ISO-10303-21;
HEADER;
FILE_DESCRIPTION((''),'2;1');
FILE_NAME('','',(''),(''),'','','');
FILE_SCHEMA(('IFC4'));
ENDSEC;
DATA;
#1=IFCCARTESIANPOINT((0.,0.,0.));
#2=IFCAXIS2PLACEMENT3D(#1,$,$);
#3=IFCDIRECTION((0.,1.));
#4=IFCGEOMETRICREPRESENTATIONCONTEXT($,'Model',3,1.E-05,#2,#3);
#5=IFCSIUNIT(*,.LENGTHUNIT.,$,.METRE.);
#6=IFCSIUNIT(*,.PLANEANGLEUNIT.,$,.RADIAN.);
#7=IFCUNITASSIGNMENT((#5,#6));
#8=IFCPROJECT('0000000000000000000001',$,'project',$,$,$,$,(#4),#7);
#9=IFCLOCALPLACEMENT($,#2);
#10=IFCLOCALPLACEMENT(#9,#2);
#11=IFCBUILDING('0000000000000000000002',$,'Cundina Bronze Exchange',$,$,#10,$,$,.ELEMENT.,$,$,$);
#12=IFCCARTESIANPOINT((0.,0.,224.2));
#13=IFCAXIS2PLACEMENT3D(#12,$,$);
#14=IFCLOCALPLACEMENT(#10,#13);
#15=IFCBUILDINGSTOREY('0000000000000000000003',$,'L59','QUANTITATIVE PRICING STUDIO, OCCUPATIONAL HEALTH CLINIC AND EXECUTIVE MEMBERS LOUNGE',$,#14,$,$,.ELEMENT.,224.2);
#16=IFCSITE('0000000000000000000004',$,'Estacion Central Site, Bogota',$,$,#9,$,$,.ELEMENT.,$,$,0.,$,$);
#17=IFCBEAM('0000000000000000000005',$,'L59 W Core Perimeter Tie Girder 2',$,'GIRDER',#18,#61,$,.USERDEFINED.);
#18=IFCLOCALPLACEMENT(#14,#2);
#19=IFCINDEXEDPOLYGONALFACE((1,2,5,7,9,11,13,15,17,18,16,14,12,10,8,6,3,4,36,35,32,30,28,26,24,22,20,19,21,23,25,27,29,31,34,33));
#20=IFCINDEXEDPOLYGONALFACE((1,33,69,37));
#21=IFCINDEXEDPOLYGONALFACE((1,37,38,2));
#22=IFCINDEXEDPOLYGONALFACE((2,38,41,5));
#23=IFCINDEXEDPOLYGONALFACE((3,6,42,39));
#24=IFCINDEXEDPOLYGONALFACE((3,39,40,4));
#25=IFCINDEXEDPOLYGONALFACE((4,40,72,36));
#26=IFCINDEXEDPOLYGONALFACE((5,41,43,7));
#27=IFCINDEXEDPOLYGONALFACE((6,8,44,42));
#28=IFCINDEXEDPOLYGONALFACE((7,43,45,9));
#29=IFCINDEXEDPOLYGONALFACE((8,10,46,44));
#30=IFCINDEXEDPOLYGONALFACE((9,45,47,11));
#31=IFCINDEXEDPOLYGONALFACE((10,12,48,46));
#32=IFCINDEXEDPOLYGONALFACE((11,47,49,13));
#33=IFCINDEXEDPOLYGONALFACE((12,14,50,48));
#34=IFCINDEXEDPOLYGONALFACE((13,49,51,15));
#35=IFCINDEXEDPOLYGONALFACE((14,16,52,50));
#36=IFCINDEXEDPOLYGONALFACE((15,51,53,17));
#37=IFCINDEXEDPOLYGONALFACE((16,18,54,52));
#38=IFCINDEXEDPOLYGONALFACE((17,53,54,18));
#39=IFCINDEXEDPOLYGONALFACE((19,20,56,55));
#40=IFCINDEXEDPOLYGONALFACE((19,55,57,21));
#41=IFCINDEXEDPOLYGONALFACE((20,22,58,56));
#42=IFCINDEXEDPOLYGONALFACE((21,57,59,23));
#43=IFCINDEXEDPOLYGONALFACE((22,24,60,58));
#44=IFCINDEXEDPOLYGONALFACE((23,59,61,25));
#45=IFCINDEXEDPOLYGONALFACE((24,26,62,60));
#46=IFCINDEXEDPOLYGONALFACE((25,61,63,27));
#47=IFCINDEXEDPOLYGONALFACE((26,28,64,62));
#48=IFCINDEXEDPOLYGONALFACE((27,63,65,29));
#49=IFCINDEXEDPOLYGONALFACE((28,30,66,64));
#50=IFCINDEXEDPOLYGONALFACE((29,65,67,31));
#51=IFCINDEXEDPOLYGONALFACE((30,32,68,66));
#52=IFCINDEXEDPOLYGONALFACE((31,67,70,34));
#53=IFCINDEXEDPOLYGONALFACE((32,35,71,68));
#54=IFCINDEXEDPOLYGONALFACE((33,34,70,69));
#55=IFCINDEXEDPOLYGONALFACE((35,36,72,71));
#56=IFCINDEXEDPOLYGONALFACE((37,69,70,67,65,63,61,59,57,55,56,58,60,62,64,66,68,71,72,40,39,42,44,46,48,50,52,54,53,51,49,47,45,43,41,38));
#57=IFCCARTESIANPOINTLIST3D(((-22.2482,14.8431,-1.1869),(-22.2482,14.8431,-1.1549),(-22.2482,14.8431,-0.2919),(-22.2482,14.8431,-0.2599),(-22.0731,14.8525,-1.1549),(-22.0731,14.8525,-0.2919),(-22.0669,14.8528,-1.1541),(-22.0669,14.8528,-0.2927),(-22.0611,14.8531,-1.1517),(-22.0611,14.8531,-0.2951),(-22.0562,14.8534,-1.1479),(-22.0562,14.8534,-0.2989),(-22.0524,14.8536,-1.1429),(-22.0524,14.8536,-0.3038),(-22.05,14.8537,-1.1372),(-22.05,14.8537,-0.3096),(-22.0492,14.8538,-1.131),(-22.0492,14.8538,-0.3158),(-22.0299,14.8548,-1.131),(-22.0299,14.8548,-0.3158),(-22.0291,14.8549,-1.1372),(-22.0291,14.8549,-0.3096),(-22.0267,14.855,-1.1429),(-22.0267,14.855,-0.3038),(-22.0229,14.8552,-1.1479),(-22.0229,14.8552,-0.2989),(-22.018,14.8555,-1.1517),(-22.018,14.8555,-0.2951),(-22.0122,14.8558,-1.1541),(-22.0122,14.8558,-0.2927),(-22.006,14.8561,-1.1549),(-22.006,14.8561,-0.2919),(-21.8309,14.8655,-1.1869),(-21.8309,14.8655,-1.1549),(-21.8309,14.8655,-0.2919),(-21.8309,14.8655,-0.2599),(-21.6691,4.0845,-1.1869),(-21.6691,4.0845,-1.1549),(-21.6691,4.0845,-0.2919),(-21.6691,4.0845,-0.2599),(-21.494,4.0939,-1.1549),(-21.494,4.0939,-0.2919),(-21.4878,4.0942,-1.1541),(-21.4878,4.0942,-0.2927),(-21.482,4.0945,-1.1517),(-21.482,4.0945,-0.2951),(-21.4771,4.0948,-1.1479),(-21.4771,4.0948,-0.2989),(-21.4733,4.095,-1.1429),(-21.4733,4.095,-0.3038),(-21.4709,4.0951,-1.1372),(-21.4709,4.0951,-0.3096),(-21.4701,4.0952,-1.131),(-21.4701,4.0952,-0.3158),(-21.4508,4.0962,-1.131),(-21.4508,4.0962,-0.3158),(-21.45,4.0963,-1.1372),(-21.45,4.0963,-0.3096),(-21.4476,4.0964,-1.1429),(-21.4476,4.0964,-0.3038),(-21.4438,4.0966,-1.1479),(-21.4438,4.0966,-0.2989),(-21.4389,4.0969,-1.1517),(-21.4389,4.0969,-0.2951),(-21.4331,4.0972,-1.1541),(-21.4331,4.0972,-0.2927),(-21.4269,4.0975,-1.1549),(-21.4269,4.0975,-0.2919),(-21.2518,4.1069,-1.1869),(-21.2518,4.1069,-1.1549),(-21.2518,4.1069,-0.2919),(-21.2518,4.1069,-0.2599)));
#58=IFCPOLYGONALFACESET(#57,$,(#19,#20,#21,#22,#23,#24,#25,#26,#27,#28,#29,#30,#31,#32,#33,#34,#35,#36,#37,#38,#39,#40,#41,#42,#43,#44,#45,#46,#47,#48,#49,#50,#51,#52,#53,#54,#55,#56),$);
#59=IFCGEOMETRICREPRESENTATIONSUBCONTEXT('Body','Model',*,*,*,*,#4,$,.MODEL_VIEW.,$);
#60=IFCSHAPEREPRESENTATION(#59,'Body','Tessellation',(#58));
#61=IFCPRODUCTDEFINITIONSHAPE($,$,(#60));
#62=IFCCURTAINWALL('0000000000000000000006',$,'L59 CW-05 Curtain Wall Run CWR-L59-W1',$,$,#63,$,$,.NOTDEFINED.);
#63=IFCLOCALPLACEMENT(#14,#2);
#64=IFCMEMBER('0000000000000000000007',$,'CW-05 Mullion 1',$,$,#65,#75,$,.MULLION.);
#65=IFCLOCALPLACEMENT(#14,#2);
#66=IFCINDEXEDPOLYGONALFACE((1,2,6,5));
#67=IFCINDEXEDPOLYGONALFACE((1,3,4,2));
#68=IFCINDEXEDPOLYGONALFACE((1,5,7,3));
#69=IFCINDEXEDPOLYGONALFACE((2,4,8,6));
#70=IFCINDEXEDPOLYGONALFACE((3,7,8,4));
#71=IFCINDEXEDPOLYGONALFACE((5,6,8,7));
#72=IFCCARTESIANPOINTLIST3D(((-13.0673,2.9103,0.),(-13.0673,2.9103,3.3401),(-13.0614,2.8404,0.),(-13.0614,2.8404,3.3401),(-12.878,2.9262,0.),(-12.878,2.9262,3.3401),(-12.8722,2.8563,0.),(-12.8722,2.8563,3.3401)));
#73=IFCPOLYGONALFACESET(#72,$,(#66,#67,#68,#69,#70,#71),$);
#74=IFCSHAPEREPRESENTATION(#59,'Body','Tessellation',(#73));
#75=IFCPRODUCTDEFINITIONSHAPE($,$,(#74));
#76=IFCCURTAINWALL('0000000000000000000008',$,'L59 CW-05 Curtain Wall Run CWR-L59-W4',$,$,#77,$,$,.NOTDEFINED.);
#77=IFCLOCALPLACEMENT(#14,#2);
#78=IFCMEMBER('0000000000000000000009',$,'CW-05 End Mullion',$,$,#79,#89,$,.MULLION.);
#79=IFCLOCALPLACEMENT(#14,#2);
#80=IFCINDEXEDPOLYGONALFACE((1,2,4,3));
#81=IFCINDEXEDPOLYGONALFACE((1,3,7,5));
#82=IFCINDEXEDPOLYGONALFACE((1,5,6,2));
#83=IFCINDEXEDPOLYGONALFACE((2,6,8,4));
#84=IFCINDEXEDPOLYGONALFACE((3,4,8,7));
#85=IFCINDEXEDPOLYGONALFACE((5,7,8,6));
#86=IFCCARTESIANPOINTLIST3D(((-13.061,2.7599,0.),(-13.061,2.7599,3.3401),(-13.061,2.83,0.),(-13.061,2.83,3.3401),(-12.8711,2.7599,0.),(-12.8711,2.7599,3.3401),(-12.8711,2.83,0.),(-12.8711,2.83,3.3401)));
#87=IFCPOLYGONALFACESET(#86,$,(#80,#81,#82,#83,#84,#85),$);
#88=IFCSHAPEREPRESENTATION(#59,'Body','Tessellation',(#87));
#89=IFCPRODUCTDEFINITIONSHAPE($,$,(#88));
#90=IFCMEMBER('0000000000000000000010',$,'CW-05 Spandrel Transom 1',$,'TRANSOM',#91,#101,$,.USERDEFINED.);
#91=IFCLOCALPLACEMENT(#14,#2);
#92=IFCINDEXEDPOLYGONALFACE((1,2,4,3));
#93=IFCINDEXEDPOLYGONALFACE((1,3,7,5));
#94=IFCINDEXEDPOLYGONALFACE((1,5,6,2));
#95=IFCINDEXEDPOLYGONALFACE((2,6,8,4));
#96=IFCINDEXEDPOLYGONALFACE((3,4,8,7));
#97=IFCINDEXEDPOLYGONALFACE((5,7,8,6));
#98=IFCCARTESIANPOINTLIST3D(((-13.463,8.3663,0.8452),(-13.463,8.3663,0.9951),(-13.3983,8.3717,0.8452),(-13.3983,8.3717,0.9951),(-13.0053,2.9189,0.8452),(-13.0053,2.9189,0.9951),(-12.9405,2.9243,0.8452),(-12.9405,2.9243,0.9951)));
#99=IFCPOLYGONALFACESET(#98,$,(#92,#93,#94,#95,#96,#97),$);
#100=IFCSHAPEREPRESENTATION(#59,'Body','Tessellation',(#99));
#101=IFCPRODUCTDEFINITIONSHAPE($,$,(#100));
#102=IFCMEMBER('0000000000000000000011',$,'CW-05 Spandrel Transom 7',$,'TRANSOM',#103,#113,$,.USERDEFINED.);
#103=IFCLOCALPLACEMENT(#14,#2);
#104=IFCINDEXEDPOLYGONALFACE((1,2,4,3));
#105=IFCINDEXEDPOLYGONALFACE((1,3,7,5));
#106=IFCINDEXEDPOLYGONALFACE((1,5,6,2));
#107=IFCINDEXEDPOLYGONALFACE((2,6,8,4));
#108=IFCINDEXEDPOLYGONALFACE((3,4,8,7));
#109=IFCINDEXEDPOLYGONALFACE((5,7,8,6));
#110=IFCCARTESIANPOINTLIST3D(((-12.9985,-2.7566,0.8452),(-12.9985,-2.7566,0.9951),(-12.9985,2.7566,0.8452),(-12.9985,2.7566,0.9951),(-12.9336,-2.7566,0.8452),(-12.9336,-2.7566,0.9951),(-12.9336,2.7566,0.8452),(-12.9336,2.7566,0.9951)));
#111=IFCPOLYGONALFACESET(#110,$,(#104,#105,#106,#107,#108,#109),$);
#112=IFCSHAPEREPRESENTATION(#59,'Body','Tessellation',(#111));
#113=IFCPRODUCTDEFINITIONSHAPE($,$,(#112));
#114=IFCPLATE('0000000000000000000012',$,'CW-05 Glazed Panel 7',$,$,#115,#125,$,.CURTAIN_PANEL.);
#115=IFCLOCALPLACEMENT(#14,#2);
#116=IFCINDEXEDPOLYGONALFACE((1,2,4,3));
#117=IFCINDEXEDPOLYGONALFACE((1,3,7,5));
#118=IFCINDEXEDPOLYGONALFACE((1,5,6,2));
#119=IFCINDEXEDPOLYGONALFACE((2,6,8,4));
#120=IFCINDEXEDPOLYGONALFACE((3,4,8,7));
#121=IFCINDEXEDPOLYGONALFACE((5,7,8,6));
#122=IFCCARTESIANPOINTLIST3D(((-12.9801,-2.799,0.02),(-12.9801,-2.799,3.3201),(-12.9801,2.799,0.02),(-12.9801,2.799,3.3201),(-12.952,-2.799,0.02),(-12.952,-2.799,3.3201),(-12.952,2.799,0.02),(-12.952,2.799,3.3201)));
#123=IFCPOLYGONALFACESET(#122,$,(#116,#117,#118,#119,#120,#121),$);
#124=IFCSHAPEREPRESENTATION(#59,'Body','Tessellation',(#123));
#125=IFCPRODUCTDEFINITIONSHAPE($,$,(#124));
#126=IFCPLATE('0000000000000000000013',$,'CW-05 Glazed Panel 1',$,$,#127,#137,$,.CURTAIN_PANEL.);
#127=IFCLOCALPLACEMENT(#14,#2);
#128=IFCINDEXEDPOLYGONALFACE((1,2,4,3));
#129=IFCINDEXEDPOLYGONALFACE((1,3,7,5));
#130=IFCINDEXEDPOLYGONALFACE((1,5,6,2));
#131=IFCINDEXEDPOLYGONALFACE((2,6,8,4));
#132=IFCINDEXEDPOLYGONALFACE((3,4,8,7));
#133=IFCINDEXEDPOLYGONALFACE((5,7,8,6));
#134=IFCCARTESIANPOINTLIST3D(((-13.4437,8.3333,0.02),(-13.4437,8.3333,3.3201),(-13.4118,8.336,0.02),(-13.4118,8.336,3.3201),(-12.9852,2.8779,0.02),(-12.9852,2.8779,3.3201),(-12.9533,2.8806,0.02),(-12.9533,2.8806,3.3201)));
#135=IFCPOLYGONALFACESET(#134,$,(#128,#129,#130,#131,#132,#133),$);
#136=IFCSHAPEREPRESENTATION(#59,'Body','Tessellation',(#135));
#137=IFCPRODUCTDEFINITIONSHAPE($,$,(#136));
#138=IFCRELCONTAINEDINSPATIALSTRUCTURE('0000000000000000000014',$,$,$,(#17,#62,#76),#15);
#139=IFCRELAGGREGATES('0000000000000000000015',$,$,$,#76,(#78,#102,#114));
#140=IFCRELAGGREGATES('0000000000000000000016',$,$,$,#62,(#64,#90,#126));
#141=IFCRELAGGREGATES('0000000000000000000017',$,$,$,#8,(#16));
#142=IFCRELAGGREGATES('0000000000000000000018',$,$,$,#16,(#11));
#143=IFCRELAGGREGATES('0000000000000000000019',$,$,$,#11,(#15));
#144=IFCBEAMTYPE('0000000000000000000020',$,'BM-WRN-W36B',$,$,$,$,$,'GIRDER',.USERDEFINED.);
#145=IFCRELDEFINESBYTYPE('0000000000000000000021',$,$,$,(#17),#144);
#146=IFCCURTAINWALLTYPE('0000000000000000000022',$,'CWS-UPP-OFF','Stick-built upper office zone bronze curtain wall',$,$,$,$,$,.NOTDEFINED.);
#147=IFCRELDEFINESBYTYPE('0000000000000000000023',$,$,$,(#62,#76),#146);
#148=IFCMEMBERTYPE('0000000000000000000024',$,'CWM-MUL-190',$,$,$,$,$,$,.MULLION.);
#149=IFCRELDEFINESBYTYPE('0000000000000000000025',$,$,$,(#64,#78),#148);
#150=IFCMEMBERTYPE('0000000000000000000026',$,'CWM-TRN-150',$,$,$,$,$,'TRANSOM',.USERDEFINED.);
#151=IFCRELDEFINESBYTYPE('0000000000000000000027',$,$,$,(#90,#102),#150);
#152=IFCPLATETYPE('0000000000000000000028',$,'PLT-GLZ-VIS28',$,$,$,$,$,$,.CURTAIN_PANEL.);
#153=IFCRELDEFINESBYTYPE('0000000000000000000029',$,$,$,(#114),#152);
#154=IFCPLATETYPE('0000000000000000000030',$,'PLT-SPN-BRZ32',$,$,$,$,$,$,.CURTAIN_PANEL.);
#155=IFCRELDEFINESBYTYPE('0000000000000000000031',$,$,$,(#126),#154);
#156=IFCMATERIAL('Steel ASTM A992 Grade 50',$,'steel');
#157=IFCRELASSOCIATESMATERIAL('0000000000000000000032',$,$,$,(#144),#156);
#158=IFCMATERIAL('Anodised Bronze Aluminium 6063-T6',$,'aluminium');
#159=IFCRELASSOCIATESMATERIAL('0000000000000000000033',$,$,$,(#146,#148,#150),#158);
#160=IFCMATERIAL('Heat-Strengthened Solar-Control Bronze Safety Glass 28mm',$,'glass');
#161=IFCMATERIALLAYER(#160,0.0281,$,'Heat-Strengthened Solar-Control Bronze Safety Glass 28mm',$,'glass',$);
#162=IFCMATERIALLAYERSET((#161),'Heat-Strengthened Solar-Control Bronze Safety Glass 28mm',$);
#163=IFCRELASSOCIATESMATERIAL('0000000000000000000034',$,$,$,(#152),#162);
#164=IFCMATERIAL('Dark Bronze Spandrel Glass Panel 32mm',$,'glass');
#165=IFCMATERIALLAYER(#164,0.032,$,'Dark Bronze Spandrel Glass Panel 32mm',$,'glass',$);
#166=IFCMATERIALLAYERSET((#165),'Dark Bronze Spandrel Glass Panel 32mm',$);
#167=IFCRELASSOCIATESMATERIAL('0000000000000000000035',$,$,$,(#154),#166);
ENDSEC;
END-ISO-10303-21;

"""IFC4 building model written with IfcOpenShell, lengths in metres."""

from ifc_helpers import new_model, si_unit, direction, frame, origin, origin_2d, place, context, subcontext, project, spatial, rectangle, i_section, extrude, material, layer, layer_set, material_profile, profile_set, type_object, element, aggregate, save


model = new_model("IFC4")

# Units and contexts
model_context = context("Model", 3, precision=1e-05, world=origin(), true_north=direction((0.0, 1.0)))
body_context = subcontext(model_context, "Body", "Model", "MODEL_VIEW")
ifc_project = project(units=[si_unit("LENGTHUNIT", "METRE"), si_unit("PLANEANGLEUNIT", "RADIAN")], contexts=[model_context])

# Site, building, storey
site_placement = place(None, origin())
site = spatial("IfcSite", under=ifc_project, at=site_placement, Name="Estacion Central Site, Bogota", CompositionType="ELEMENT", RefElevation=0.0)
building_placement = place(site_placement, origin())
building = spatial("IfcBuilding", under=site, at=building_placement, Name="Cundina Bronze Exchange", CompositionType="ELEMENT")
storey_placement = place(building_placement, frame((0.0, 0.0, 224.2)))
storey = spatial("IfcBuildingStorey", under=building, at=storey_placement, Name="L59", Description="QUANTITATIVE PRICING STUDIO, OCCUPATIONAL HEALTH CLINIC AND EXECUTIVE MEMBERS LOUNGE", CompositionType="ELEMENT", Elevation=224.2)

# Shared definitions
ifc_material_1 = material(Name="Steel ASTM A992 Grade 50", Category="steel")

# Beam
ifc_material_profile_1 = material_profile(ifc_material_1, i_section(OverallWidth=0.418, OverallDepth=0.927, WebThickness=0.0193, FlangeThickness=0.032, FilletRadius=0.0239, at=origin_2d()), Name="W36X231", Category="steel")
ifc_profile_set_1 = profile_set([ifc_material_profile_1], Name="Steel ASTM A992 Grade 50")
beam_type_1 = type_object("IfcBeamType", Name="BM-WRN-W36B", ElementType="GIRDER", PredefinedType="USERDEFINED", material=ifc_profile_set_1)
beam_1_placement = place(storey_placement, frame((-21.4604, 4.0957, -0.7234), z_axis=(-0.053749, 0.998554, 0.0), x_axis=(-0.998554, -0.053749, 0.0)))
element("IfcBeam", 1, at=beam_1_placement, inside=storey, type_object=beam_type_1, Name="L59 W Core Perimeter Tie Girder 2", ObjectType="GIRDER", PredefinedType="USERDEFINED", context=body_context, shape_type="SweptSolid", body=[
    extrude(i_section(OverallWidth=0.418, OverallDepth=0.927, WebThickness=0.0193, FlangeThickness=0.032, FilletRadius=0.0239, at=origin_2d()), origin(), (0.0, 0.0, 1.0), 10.7742),
])

# Curtain walls, members
ifc_material_2 = material(Name="Anodised Bronze Aluminium 6063-T6", Category="aluminium")
curtain_wall_type = type_object("IfcCurtainWallType", Name="CWS-UPP-OFF", Description="Stick-built upper office zone bronze curtain wall", PredefinedType="NOTDEFINED", material=ifc_material_2)
curtain_wall_1_placement = place(storey_placement, origin())
curtain_wall_1 = element("IfcCurtainWall", 2, at=curtain_wall_1_placement, inside=storey, type_object=curtain_wall_type, Name="L59 CW-05 Curtain Wall Run CWR-L59-W1", PredefinedType="NOTDEFINED")
ifc_material_profile_2 = material_profile(ifc_material_2, rectangle(XDim=0.0701, YDim=0.1899, at=origin_2d()), Name="AL70X190", Category="aluminium")
ifc_profile_set_2 = profile_set([ifc_material_profile_2], Name="Anodised Bronze Aluminium 6063-T6")
member_type_1 = type_object("IfcMemberType", Name="CWM-MUL-190", PredefinedType="MULLION", material=ifc_profile_set_2)
member_1_placement = place(storey_placement, frame((-12.9697, 2.8833, 0.0), z_axis=(0.0, 0.0, 1.0), x_axis=(-0.083678, 0.996493, 0.0)))
member_1 = element("IfcMember", 3, at=member_1_placement, type_object=member_type_1, Name="CW-05 Mullion 1", PredefinedType="MULLION", context=body_context, shape_type="SweptSolid", body=[
    extrude(rectangle(XDim=0.0701, YDim=0.1899, at=origin_2d()), origin(), (0.0, 0.0, 1.0), 3.3401),
])
curtain_wall_2_placement = place(storey_placement, origin())
curtain_wall_2 = element("IfcCurtainWall", 4, at=curtain_wall_2_placement, inside=storey, type_object=curtain_wall_type, Name="L59 CW-05 Curtain Wall Run CWR-L59-W4", PredefinedType="NOTDEFINED")
member_2_placement = place(storey_placement, frame((-12.9661, 2.7949, 0.0), z_axis=(0.0, 0.0, 1.0), x_axis=(0.0, 1.0, 0.0)))
member_2 = element("IfcMember", 5, at=member_2_placement, type_object=member_type_1, Name="CW-05 End Mullion", PredefinedType="MULLION", context=body_context, shape_type="SweptSolid", body=[
    extrude(rectangle(XDim=0.0701, YDim=0.1899, at=origin_2d()), origin(), (0.0, 0.0, 1.0), 3.3401),
])

# Members
ifc_material_profile_3 = material_profile(ifc_material_2, rectangle(XDim=0.0649, YDim=0.1499, at=origin_2d()), Name="AL65X150", Category="aluminium")
ifc_profile_set_3 = profile_set([ifc_material_profile_3], Name="Anodised Bronze Aluminium 6063-T6")
member_type_2 = type_object("IfcMemberType", Name="CWM-TRN-150", ElementType="TRANSOM", PredefinedType="USERDEFINED", material=ifc_profile_set_3)
member_3_placement = place(storey_placement, frame((-12.9729, 2.9216, 0.9202), z_axis=(-0.08374, 0.996488, 0.0), x_axis=(-0.996488, -0.08374, 0.0)))
member_3 = element("IfcMember", 6, at=member_3_placement, type_object=member_type_2, Name="CW-05 Spandrel Transom 1", ObjectType="TRANSOM", PredefinedType="USERDEFINED", context=body_context, shape_type="SweptSolid", body=[
    extrude(rectangle(XDim=0.0649, YDim=0.1499, at=origin_2d()), origin(), (0.0, 0.0, 1.0), 5.4666),
])
member_4_placement = place(storey_placement, frame((-12.9661, -2.7566, 0.9202), z_axis=(0.0, 1.0, 0.0), x_axis=(-1.0, 0.0, 0.0)))
member_4 = element("IfcMember", 7, at=member_4_placement, type_object=member_type_2, Name="CW-05 Spandrel Transom 7", ObjectType="TRANSOM", PredefinedType="USERDEFINED", context=body_context, shape_type="SweptSolid", body=[
    extrude(rectangle(XDim=0.0649, YDim=0.1499, at=origin_2d()), origin(), (0.0, 0.0, 1.0), 5.5132),
])

# Plates
ifc_material_3 = material(Name="Heat-Strengthened Solar-Control Bronze Safety Glass 28mm", Category="glass")
ifc_layer_1 = layer(ifc_material_3, 0.0281, Name="Heat-Strengthened Solar-Control Bronze Safety Glass 28mm", Category="glass")
ifc_layer_set_1 = layer_set([ifc_layer_1], Name="Heat-Strengthened Solar-Control Bronze Safety Glass 28mm")
plate_type_1 = type_object("IfcPlateType", Name="PLT-GLZ-VIS28", PredefinedType="CURTAIN_PANEL", material=ifc_layer_set_1)
plate_1_placement = place(storey_placement, frame((-12.9661, 0.0, 0.02), z_axis=(0.0, 0.0, 1.0), x_axis=(0.0, 1.0, 0.0)))
plate_1 = element("IfcPlate", 8, at=plate_1_placement, type_object=plate_type_1, Name="CW-05 Glazed Panel 7", PredefinedType="CURTAIN_PANEL", context=body_context, shape_type="SweptSolid", body=[
    extrude(rectangle(XDim=5.5979, YDim=0.0281, at=origin_2d()), origin(), (0.0, 0.0, 1.0), 3.3),
])
aggregate(curtain_wall_2, [member_2, member_4, plate_1])
ifc_material_4 = material(Name="Dark Bronze Spandrel Glass Panel 32mm", Category="glass")
ifc_layer_2 = layer(ifc_material_4, 0.032, Name="Dark Bronze Spandrel Glass Panel 32mm", Category="glass")
ifc_layer_set_2 = layer_set([ifc_layer_2], Name="Dark Bronze Spandrel Glass Panel 32mm")
plate_type_2 = type_object("IfcPlateType", Name="PLT-SPN-BRZ32", PredefinedType="CURTAIN_PANEL", material=ifc_layer_set_2)
plate_2_placement = place(storey_placement, frame((-13.1985, 5.6069, 0.02), z_axis=(0.0, 0.0, 1.0), x_axis=(-0.083747, 0.996487, 0.0)))
plate_2 = element("IfcPlate", 9, at=plate_2_placement, type_object=plate_type_2, Name="CW-05 Glazed Panel 1", PredefinedType="CURTAIN_PANEL", context=body_context, shape_type="SweptSolid", body=[
    extrude(rectangle(XDim=5.4746, YDim=0.032, at=origin_2d()), origin(), (0.0, 0.0, 1.0), 3.3),
])
aggregate(curtain_wall_1, [member_1, member_3, plate_2])

save(model, "model.ifc")
